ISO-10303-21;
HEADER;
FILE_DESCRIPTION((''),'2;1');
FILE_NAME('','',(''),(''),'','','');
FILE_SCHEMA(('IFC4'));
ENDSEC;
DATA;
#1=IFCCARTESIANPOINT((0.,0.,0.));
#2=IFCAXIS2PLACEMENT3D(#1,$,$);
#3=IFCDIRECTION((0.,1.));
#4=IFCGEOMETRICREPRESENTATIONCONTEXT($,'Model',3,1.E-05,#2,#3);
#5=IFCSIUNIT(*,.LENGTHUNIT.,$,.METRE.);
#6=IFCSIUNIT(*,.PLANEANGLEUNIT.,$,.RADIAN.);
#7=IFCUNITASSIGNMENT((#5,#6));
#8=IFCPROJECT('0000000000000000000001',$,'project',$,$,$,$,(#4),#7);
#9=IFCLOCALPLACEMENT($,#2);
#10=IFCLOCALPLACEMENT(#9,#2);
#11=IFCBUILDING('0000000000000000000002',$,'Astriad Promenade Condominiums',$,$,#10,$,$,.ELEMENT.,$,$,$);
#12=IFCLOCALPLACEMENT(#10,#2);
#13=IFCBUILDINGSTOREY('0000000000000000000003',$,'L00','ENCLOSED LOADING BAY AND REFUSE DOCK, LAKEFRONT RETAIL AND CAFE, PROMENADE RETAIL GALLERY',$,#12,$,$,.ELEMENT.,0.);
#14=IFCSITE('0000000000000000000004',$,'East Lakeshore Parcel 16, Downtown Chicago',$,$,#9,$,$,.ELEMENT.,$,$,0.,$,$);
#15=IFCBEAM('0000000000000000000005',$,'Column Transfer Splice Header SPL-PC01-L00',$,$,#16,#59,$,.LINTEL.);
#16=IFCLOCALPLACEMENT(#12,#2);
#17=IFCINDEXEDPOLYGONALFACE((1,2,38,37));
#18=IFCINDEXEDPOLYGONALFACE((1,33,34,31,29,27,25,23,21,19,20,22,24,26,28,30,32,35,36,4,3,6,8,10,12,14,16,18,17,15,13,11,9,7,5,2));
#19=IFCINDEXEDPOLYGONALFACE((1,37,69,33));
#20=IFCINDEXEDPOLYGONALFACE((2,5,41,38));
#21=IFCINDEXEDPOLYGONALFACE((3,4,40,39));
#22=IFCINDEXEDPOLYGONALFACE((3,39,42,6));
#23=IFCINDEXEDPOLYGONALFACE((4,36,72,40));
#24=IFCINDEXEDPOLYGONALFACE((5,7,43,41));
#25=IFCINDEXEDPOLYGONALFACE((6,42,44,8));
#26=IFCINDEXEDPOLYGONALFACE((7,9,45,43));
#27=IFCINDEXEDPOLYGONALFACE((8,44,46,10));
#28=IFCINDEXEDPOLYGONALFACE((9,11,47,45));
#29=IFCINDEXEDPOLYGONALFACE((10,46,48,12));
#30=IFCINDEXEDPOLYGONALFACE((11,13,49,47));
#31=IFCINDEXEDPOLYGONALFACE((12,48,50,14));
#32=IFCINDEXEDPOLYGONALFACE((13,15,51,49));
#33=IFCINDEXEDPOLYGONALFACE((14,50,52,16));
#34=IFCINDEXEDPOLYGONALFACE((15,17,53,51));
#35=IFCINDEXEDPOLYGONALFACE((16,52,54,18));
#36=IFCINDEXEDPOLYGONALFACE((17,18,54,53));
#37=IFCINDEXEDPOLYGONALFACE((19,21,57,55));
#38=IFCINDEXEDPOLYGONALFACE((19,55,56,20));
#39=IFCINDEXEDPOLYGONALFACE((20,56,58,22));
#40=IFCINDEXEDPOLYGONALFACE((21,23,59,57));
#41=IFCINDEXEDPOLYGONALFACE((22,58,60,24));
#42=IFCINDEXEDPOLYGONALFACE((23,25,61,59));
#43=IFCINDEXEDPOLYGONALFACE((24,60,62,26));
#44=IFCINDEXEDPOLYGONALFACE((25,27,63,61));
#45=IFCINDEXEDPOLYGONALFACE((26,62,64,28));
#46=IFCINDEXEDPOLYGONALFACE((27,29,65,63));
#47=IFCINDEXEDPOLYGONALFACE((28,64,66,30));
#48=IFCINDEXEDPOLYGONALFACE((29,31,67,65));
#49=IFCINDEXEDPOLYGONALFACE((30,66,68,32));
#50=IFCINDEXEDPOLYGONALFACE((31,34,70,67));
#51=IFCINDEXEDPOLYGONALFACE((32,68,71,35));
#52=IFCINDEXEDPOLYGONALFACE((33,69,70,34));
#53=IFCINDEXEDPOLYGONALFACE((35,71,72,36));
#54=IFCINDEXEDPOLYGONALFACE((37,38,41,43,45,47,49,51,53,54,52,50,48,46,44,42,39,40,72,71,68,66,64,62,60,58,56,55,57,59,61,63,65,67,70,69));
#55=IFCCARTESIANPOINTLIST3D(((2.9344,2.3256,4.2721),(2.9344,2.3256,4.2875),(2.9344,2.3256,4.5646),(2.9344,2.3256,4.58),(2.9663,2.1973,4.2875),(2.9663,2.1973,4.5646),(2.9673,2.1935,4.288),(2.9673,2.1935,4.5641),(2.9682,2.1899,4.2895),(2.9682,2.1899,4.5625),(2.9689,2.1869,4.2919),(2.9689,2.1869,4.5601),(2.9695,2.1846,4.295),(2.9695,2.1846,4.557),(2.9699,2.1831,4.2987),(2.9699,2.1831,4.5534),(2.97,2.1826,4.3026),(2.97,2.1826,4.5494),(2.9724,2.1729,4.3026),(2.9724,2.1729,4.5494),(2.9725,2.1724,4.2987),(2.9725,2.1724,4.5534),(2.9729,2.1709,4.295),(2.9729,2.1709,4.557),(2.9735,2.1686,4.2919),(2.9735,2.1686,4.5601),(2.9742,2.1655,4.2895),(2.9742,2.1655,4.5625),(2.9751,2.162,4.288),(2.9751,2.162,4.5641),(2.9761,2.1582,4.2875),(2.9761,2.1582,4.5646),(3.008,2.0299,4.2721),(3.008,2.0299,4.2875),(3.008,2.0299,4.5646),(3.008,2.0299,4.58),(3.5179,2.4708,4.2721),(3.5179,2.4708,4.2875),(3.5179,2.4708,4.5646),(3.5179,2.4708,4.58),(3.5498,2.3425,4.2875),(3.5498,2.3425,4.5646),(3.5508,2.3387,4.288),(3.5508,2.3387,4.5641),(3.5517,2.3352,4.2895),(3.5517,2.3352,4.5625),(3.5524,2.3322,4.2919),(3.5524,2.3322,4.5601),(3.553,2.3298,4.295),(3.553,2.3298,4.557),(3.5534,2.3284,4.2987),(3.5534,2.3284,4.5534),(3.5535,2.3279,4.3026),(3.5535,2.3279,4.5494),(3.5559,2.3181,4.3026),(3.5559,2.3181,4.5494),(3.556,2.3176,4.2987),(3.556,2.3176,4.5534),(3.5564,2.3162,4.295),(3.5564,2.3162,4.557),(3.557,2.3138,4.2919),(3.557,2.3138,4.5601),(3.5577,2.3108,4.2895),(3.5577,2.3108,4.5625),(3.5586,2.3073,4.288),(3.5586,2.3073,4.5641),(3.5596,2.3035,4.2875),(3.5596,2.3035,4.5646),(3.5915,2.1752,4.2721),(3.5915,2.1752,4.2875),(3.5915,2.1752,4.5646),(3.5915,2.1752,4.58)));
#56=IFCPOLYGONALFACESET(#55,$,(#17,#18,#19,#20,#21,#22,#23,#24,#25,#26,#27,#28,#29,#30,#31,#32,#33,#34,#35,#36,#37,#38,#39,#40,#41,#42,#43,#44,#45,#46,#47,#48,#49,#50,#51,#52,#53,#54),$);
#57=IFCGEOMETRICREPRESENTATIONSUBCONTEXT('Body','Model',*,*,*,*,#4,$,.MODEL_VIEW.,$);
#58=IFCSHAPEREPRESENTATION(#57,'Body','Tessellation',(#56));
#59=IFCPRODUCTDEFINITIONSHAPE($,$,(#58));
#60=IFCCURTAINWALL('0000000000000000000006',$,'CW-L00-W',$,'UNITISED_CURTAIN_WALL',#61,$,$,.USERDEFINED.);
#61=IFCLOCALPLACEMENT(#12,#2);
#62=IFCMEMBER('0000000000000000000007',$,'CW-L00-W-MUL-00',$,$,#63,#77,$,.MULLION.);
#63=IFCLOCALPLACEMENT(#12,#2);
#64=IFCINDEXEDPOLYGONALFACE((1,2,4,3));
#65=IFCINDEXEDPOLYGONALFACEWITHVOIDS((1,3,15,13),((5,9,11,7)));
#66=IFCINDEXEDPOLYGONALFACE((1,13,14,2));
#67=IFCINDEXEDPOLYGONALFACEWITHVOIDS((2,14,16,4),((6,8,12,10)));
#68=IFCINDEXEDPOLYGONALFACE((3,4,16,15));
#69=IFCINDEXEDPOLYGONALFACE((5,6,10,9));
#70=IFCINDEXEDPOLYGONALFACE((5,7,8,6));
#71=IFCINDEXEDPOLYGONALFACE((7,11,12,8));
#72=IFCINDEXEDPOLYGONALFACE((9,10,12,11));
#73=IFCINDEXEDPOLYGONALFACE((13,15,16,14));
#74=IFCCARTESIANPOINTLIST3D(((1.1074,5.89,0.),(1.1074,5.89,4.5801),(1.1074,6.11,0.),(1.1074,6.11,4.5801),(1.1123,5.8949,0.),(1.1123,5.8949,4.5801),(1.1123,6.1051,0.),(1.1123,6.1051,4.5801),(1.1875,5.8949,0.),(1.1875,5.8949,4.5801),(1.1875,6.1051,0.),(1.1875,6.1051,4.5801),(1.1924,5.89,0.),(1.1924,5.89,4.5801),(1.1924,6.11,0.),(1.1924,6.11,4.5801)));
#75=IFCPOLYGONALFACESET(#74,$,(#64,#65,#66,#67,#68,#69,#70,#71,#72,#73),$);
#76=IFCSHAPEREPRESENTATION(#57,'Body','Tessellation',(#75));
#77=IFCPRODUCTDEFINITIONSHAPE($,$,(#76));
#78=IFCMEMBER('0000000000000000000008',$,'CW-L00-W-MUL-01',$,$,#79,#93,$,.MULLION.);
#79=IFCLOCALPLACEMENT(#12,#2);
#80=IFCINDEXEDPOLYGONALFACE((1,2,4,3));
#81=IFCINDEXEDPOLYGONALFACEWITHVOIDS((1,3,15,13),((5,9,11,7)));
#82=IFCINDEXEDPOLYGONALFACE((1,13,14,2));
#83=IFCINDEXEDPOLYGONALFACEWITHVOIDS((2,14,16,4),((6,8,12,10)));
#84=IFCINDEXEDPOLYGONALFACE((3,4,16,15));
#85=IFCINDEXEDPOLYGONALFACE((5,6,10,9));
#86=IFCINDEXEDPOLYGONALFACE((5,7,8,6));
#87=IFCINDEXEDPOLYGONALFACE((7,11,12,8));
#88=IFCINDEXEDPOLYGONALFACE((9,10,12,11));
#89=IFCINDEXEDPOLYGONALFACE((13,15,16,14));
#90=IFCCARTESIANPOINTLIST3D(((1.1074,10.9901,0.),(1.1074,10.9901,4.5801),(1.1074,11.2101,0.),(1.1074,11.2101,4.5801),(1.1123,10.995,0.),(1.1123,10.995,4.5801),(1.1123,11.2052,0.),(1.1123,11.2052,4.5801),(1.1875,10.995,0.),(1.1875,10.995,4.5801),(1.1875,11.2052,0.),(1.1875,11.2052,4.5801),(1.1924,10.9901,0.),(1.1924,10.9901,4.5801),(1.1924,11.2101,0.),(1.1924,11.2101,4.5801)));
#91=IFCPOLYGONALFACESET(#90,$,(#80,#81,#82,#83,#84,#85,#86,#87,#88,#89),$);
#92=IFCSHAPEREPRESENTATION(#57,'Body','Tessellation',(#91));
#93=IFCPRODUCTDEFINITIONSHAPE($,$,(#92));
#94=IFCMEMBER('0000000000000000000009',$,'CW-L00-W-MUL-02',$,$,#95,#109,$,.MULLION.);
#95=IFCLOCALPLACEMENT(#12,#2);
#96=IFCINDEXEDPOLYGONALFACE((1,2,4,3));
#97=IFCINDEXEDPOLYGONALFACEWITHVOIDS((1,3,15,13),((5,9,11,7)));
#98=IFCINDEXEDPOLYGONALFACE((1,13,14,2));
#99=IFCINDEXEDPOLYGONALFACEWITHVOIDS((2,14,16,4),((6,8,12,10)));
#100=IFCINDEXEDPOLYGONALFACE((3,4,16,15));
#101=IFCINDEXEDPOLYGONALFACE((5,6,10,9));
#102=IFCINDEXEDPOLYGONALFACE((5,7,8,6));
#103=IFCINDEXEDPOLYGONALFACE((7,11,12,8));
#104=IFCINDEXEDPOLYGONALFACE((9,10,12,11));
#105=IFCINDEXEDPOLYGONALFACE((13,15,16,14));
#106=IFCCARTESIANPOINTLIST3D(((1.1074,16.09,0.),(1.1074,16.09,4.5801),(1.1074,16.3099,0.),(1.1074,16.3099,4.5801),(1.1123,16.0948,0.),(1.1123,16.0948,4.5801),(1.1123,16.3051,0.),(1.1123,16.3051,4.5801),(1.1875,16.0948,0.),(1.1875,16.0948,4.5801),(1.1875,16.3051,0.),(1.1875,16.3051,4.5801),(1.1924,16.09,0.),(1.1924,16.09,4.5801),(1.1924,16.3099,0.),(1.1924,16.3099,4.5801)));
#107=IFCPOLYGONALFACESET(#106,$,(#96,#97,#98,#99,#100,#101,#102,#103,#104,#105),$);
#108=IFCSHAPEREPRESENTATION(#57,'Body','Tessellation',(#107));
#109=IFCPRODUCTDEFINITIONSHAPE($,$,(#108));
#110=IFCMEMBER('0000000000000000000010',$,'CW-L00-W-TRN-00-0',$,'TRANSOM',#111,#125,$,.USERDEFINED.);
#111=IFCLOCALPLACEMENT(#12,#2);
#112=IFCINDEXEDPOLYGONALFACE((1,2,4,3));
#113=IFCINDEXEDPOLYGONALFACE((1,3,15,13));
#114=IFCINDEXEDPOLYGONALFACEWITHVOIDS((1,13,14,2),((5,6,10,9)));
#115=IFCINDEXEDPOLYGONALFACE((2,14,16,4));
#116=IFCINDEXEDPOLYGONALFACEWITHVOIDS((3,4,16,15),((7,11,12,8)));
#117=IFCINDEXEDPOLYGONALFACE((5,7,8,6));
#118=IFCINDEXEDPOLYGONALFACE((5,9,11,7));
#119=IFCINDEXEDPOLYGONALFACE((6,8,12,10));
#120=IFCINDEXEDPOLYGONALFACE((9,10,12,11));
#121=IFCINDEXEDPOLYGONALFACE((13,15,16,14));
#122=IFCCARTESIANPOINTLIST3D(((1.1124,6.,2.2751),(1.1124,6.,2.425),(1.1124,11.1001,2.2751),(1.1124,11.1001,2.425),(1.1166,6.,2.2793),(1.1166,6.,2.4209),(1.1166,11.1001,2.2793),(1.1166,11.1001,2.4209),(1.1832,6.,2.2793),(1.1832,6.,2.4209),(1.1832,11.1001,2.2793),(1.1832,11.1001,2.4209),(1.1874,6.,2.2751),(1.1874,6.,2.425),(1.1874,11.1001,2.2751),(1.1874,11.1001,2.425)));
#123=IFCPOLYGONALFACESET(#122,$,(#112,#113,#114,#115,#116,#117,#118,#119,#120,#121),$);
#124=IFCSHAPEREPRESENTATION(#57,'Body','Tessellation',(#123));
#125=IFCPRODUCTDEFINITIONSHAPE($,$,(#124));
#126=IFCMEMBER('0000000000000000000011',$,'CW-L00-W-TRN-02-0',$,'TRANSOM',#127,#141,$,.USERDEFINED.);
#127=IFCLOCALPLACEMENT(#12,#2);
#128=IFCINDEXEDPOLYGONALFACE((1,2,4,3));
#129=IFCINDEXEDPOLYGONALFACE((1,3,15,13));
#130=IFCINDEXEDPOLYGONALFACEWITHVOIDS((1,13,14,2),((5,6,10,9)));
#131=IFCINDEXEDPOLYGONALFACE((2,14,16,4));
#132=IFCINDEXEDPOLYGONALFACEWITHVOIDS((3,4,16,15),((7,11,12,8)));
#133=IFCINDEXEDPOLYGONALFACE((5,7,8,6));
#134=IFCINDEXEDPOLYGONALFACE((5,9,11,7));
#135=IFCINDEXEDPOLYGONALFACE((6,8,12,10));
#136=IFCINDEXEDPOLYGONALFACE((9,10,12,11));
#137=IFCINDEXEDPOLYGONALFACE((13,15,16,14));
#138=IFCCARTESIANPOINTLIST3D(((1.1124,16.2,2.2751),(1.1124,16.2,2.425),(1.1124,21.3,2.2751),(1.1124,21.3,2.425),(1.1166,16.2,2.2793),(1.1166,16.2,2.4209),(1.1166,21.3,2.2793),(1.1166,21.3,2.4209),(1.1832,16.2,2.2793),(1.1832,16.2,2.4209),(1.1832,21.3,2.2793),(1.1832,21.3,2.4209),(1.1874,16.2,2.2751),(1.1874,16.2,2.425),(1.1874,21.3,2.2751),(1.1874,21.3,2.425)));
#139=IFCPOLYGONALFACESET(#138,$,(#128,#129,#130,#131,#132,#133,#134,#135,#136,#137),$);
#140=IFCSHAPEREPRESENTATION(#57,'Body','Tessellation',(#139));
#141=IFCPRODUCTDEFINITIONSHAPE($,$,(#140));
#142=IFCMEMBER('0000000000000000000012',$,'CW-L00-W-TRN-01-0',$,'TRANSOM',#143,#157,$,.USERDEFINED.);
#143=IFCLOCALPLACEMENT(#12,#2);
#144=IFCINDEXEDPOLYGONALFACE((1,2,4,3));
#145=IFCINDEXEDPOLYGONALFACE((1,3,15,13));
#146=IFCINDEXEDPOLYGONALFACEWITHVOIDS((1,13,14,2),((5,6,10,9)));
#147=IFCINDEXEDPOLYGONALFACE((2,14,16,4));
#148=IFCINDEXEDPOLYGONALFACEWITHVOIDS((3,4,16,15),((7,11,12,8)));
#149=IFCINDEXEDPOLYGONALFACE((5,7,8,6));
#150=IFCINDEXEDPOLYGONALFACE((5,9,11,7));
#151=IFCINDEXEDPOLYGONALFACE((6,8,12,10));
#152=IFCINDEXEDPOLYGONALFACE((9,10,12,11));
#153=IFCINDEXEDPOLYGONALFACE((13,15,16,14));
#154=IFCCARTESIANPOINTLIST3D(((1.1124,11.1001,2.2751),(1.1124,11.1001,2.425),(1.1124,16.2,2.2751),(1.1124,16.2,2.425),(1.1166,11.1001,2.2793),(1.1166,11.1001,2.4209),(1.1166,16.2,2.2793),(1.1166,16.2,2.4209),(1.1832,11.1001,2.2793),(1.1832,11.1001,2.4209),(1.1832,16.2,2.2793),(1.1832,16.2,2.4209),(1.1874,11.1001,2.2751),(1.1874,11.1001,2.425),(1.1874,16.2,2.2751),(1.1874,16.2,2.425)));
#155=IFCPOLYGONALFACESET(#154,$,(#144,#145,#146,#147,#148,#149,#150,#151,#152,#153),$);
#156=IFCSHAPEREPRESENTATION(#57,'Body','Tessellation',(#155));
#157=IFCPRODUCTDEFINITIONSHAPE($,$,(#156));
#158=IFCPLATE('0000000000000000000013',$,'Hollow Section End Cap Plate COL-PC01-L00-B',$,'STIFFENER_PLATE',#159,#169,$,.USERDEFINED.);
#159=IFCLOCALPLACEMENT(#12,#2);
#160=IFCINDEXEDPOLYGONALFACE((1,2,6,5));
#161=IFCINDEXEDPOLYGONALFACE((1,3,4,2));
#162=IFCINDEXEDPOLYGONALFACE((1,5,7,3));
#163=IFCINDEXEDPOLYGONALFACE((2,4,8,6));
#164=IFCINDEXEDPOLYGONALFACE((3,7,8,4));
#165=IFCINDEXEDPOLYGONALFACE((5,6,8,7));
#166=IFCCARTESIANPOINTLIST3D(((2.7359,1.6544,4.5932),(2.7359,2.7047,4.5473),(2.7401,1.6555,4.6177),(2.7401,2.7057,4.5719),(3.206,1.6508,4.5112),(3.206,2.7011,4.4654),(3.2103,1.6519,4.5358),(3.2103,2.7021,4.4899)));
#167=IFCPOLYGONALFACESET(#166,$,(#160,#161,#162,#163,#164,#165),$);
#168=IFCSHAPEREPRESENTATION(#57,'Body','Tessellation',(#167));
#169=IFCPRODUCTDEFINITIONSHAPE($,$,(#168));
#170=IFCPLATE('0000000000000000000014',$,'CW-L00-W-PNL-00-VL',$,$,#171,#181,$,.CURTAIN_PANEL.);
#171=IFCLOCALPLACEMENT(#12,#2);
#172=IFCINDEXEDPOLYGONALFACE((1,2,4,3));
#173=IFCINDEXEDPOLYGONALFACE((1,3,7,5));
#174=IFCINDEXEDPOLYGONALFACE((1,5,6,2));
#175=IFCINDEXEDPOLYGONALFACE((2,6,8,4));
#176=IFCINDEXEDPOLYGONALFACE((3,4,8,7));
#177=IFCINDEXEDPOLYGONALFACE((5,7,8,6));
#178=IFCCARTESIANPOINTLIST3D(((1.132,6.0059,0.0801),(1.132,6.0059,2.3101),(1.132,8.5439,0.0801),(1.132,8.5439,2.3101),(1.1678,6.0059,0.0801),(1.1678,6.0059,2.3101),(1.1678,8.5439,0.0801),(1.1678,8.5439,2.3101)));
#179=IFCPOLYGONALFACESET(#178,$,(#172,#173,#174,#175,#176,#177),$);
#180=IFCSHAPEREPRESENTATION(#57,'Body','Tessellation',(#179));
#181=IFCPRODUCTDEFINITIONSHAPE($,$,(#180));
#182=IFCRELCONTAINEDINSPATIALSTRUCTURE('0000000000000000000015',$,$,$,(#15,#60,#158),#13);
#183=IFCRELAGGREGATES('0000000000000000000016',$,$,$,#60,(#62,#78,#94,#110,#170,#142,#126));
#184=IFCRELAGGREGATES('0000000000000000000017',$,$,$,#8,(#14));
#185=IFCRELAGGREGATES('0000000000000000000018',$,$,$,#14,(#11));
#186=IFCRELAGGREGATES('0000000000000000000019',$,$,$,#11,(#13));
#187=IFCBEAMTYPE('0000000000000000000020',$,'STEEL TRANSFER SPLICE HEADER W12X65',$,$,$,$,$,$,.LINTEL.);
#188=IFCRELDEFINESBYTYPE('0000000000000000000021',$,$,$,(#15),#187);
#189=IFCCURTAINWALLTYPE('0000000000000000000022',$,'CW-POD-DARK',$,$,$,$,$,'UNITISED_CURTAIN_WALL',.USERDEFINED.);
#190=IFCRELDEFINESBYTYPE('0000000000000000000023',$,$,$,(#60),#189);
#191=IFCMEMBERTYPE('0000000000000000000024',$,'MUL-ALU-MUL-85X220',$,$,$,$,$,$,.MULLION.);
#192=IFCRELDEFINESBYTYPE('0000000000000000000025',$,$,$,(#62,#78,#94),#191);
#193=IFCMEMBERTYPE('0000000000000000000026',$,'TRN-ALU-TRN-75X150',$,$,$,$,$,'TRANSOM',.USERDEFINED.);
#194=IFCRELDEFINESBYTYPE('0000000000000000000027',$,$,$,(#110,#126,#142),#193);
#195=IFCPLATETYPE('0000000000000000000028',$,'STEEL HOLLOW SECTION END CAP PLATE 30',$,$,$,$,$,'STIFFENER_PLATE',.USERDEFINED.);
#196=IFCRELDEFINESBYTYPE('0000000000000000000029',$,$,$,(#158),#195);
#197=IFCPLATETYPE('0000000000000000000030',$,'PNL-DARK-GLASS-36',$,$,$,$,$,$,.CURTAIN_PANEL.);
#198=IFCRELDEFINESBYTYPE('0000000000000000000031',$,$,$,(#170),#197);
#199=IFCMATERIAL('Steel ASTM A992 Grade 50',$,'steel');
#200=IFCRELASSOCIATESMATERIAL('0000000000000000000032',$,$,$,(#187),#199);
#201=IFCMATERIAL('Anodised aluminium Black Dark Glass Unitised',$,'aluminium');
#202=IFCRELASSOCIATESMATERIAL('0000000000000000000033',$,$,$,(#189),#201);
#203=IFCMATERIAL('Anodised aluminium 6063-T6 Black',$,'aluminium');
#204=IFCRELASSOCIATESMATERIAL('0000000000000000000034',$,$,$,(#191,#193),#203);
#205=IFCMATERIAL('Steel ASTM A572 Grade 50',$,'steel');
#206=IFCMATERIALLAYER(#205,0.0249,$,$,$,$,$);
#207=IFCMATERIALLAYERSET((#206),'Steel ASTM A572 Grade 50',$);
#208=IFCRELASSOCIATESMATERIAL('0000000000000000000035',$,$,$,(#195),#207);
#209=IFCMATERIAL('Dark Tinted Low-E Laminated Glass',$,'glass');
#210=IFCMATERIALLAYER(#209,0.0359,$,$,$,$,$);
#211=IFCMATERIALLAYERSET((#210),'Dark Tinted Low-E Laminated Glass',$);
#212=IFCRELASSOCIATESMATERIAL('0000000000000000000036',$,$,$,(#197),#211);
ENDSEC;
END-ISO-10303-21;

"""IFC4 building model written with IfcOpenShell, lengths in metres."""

from ifc_helpers import new_model, si_unit, direction, frame, origin, origin_2d, place, context, subcontext, project, spatial, rectangle, hollow_rectangle, i_section, extrude, source, transform, mapped, material, layer, layer_set, material_profile, profile_set, type_object, type_shapes, element, aggregate, save


model = new_model("IFC4")

# Units and contexts
model_context = context("Model", 3, precision=1e-05, world=origin(), true_north=direction((0.0, 1.0)))
body_context = subcontext(model_context, "Body", "Model", "MODEL_VIEW")
ifc_project = project(units=[si_unit("LENGTHUNIT", "METRE"), si_unit("PLANEANGLEUNIT", "RADIAN")], contexts=[model_context])

# Site, building, storey
site_placement = place(None, origin())
site = spatial("IfcSite", under=ifc_project, at=site_placement, Name="East Lakeshore Parcel 16, Downtown Chicago", CompositionType="ELEMENT", RefElevation=0.0)
building_placement = place(site_placement, origin())
building = spatial("IfcBuilding", under=site, at=building_placement, Name="Astriad Promenade Condominiums", CompositionType="ELEMENT")
storey_placement = place(building_placement, origin())
storey = spatial("IfcBuildingStorey", under=building, at=storey_placement, Name="L00", Description="ENCLOSED LOADING BAY AND REFUSE DOCK, LAKEFRONT RETAIL AND CAFE, PROMENADE RETAIL GALLERY", CompositionType="ELEMENT", Elevation=0.0)

# Beam
ifc_material_1 = material(Name="Steel ASTM A992 Grade 50", Category="steel")
ifc_material_profile_1 = material_profile(ifc_material_1, i_section(OverallWidth=0.3047, OverallDepth=0.3079, WebThickness=0.01, FlangeThickness=0.0154, FilletRadius=0.0151, at=origin_2d()), Name="W12X65")
ifc_profile_set_1 = profile_set([ifc_material_profile_1], Name="Steel ASTM A992 Grade 50")
beam_type = type_object("IfcBeamType", Name="STEEL TRANSFER SPLICE HEADER W12X65", PredefinedType="LINTEL", material=ifc_profile_set_1)
shared_shape_1 = source(origin(), body_context, "Body", "SweptSolid", [
    extrude(i_section(OverallWidth=0.3047, OverallDepth=0.3079, WebThickness=0.01, FlangeThickness=0.0154, FilletRadius=0.0151, at=origin_2d()), origin(), (0.0, 0.0, 1.0), 0.6013),
])
type_shapes(beam_type, [shared_shape_1])
beam_placement = place(storey_placement, frame((2.9712, 2.1777, 4.426), z_axis=(0.970381, 0.24158, 0.0), x_axis=(-0.24158, 0.970381, 0.0)))
element("IfcBeam", 1, at=beam_placement, inside=storey, type_object=beam_type, Name="Column Transfer Splice Header SPL-PC01-L00", PredefinedType="LINTEL", context=body_context, shape_type="MappedRepresentation", body=[
    mapped(shared_shape_1, transform((0.0, 0.0, 0.0), scale=1.0)),
])

# Curtain wall, members
ifc_material_2 = material(Name="Anodised aluminium Black Dark Glass Unitised", Category="aluminium")
curtain_wall_type = type_object("IfcCurtainWallType", Name="CW-POD-DARK", ElementType="UNITISED_CURTAIN_WALL", PredefinedType="USERDEFINED", material=ifc_material_2)
curtain_wall_placement = place(storey_placement, origin())
curtain_wall = element("IfcCurtainWall", 2, at=curtain_wall_placement, inside=storey, type_object=curtain_wall_type, Name="CW-L00-W", ObjectType="UNITISED_CURTAIN_WALL", PredefinedType="USERDEFINED")
ifc_material_3 = material(Name="Anodised aluminium 6063-T6 Black", Category="aluminium")
ifc_material_profile_2 = material_profile(ifc_material_3, hollow_rectangle(XDim=0.085, YDim=0.22, WallThickness=0.0049, at=origin_2d()), Name="ALU-MUL-85X220")
ifc_profile_set_2 = profile_set([ifc_material_profile_2], Name="Anodised aluminium 6063-T6 Black")
member_type_1 = type_object("IfcMemberType", Name="MUL-ALU-MUL-85X220", PredefinedType="MULLION", material=ifc_profile_set_2)
shared_shape_2 = source(origin(), body_context, "Body", "SweptSolid", [
    extrude(hollow_rectangle(XDim=0.085, YDim=0.22, WallThickness=0.0049, at=origin_2d()), origin(), (0.0, 0.0, 1.0), 4.5801),
])
type_shapes(member_type_1, [shared_shape_2])
member_1_placement = place(storey_placement, frame((1.1499, 6.0, 0.0), z_axis=(0.0, 0.0, 1.0), x_axis=(1.0, 0.0, 0.0)))
member_1 = element("IfcMember", 3, at=member_1_placement, type_object=member_type_1, Name="CW-L00-W-MUL-00", PredefinedType="MULLION", context=body_context, shape_type="MappedRepresentation", body=[
    mapped(shared_shape_2, transform((0.0, 0.0, 0.0), scale=1.0)),
])
member_2_placement = place(storey_placement, frame((1.1499, 11.1001, 0.0), z_axis=(0.0, 0.0, 1.0), x_axis=(1.0, 0.0, 0.0)))
member_2 = element("IfcMember", 4, at=member_2_placement, type_object=member_type_1, Name="CW-L00-W-MUL-01", PredefinedType="MULLION", context=body_context, shape_type="MappedRepresentation", body=[
    mapped(shared_shape_2, transform((0.0, 0.0, 0.0), scale=1.0)),
])
member_3_placement = place(storey_placement, frame((1.1499, 16.2, 0.0), z_axis=(0.0, 0.0, 1.0), x_axis=(1.0, 0.0, 0.0)))
member_3 = element("IfcMember", 5, at=member_3_placement, type_object=member_type_1, Name="CW-L00-W-MUL-02", PredefinedType="MULLION", context=body_context, shape_type="MappedRepresentation", body=[
    mapped(shared_shape_2, transform((0.0, 0.0, 0.0), scale=1.0)),
])
ifc_material_profile_3 = material_profile(ifc_material_3, hollow_rectangle(XDim=0.075, YDim=0.1499, WallThickness=0.0042, at=origin_2d()), Name="ALU-TRN-75X150")
ifc_profile_set_3 = profile_set([ifc_material_profile_3], Name="Anodised aluminium 6063-T6 Black")
member_type_2 = type_object("IfcMemberType", Name="TRN-ALU-TRN-75X150", ElementType="TRANSOM", PredefinedType="USERDEFINED", material=ifc_profile_set_3)
shared_shape_3 = source(origin(), body_context, "Body", "SweptSolid", [
    extrude(hollow_rectangle(XDim=0.075, YDim=0.1499, WallThickness=0.0042, at=origin_2d()), origin(), (0.0, 0.0, 1.0), 5.1001),
])
member_4_placement = place(storey_placement, frame((1.1499, 6.0, 2.3501), z_axis=(0.0, 1.0, 0.0), x_axis=(-1.0, 0.0, 0.0)))
member_4 = element("IfcMember", 6, at=member_4_placement, type_object=member_type_2, Name="CW-L00-W-TRN-00-0", ObjectType="TRANSOM", PredefinedType="USERDEFINED", context=body_context, shape_type="MappedRepresentation", body=[
    mapped(shared_shape_3, transform((0.0, 0.0, 0.0), scale=1.0)),
])
member_5_placement = place(storey_placement, frame((1.1499, 16.2, 2.3501), z_axis=(0.0, 1.0, 0.0), x_axis=(-1.0, 0.0, 0.0)))
member_5 = element("IfcMember", 7, at=member_5_placement, type_object=member_type_2, Name="CW-L00-W-TRN-02-0", ObjectType="TRANSOM", PredefinedType="USERDEFINED", context=body_context, shape_type="MappedRepresentation", body=[
    mapped(shared_shape_3, transform((0.0, 0.0, 0.0), scale=1.0)),
])
shared_shape_4 = source(origin(), body_context, "Body", "SweptSolid", [
    extrude(hollow_rectangle(XDim=0.075, YDim=0.1499, WallThickness=0.0042, at=origin_2d()), origin(), (0.0, 0.0, 1.0), 5.0999),
])
type_shapes(member_type_2, [shared_shape_3, shared_shape_4])
member_6_placement = place(storey_placement, frame((1.1499, 11.1001, 2.3501), z_axis=(0.0, 1.0, 0.0), x_axis=(-1.0, 0.0, 0.0)))
member_6 = element("IfcMember", 8, at=member_6_placement, type_object=member_type_2, Name="CW-L00-W-TRN-01-0", ObjectType="TRANSOM", PredefinedType="USERDEFINED", context=body_context, shape_type="MappedRepresentation", body=[
    mapped(shared_shape_4, transform((0.0, 0.0, 0.0), scale=1.0)),
])

# Plates
ifc_material_4 = material(Name="Steel ASTM A572 Grade 50", Category="steel")
ifc_layer_1 = layer(ifc_material_4, 0.0249)
ifc_layer_set_1 = layer_set([ifc_layer_1], Name="Steel ASTM A572 Grade 50")
plate_type_1 = type_object("IfcPlateType", Name="STEEL HOLLOW SECTION END CAP PLATE 30", ElementType="STIFFENER_PLATE", PredefinedType="USERDEFINED", material=ifc_layer_set_1)
shared_shape_5 = source(origin(), body_context, "Body", "SweptSolid", [
    extrude(rectangle(XDim=0.4773, YDim=1.0513, at=origin_2d()), origin(), (0.0, 0.0, 1.0), 0.0249),
])
type_shapes(plate_type_1, [shared_shape_5])
plate_1_placement = place(storey_placement, frame((2.9709, 2.1777, 4.5293), z_axis=(0.171897, 0.042985, 0.984177), x_axis=(1.0, 0.0, 0.0)))
element("IfcPlate", 9, at=plate_1_placement, inside=storey, type_object=plate_type_1, Name="Hollow Section End Cap Plate COL-PC01-L00-B", ObjectType="STIFFENER_PLATE", PredefinedType="USERDEFINED", context=body_context, shape_type="MappedRepresentation", body=[
    mapped(shared_shape_5, transform((0.0, 0.0, 0.0), scale=1.0)),
])
ifc_material_5 = material(Name="Dark Tinted Low-E Laminated Glass", Category="glass")
ifc_layer_2 = layer(ifc_material_5, 0.0359)
ifc_layer_set_2 = layer_set([ifc_layer_2], Name="Dark Tinted Low-E Laminated Glass")
plate_type_2 = type_object("IfcPlateType", Name="PNL-DARK-GLASS-36", PredefinedType="CURTAIN_PANEL", material=ifc_layer_set_2)
shared_shape_6 = source(origin(), body_context, "Body", "SweptSolid", [
    extrude(rectangle(XDim=2.5381, YDim=0.0359, at=origin_2d()), origin(), (0.0, 0.0, 1.0), 2.23),
])
plate_2_placement = place(storey_placement, frame((1.1499, 7.2749, 0.0801), z_axis=(0.0, 0.0, 1.0), x_axis=(0.0, 1.0, 0.0)))
plate_2 = element("IfcPlate", 10, at=plate_2_placement, type_object=plate_type_2, Name="CW-L00-W-PNL-00-VL", PredefinedType="CURTAIN_PANEL", context=body_context, shape_type="MappedRepresentation", body=[
    mapped(shared_shape_6, transform((0.0, 0.0, 0.0), scale=1.0)),
])
aggregate(curtain_wall, [member_1, member_2, member_3, member_4, plate_2, member_6, member_5])

save(model, "model.ifc")
